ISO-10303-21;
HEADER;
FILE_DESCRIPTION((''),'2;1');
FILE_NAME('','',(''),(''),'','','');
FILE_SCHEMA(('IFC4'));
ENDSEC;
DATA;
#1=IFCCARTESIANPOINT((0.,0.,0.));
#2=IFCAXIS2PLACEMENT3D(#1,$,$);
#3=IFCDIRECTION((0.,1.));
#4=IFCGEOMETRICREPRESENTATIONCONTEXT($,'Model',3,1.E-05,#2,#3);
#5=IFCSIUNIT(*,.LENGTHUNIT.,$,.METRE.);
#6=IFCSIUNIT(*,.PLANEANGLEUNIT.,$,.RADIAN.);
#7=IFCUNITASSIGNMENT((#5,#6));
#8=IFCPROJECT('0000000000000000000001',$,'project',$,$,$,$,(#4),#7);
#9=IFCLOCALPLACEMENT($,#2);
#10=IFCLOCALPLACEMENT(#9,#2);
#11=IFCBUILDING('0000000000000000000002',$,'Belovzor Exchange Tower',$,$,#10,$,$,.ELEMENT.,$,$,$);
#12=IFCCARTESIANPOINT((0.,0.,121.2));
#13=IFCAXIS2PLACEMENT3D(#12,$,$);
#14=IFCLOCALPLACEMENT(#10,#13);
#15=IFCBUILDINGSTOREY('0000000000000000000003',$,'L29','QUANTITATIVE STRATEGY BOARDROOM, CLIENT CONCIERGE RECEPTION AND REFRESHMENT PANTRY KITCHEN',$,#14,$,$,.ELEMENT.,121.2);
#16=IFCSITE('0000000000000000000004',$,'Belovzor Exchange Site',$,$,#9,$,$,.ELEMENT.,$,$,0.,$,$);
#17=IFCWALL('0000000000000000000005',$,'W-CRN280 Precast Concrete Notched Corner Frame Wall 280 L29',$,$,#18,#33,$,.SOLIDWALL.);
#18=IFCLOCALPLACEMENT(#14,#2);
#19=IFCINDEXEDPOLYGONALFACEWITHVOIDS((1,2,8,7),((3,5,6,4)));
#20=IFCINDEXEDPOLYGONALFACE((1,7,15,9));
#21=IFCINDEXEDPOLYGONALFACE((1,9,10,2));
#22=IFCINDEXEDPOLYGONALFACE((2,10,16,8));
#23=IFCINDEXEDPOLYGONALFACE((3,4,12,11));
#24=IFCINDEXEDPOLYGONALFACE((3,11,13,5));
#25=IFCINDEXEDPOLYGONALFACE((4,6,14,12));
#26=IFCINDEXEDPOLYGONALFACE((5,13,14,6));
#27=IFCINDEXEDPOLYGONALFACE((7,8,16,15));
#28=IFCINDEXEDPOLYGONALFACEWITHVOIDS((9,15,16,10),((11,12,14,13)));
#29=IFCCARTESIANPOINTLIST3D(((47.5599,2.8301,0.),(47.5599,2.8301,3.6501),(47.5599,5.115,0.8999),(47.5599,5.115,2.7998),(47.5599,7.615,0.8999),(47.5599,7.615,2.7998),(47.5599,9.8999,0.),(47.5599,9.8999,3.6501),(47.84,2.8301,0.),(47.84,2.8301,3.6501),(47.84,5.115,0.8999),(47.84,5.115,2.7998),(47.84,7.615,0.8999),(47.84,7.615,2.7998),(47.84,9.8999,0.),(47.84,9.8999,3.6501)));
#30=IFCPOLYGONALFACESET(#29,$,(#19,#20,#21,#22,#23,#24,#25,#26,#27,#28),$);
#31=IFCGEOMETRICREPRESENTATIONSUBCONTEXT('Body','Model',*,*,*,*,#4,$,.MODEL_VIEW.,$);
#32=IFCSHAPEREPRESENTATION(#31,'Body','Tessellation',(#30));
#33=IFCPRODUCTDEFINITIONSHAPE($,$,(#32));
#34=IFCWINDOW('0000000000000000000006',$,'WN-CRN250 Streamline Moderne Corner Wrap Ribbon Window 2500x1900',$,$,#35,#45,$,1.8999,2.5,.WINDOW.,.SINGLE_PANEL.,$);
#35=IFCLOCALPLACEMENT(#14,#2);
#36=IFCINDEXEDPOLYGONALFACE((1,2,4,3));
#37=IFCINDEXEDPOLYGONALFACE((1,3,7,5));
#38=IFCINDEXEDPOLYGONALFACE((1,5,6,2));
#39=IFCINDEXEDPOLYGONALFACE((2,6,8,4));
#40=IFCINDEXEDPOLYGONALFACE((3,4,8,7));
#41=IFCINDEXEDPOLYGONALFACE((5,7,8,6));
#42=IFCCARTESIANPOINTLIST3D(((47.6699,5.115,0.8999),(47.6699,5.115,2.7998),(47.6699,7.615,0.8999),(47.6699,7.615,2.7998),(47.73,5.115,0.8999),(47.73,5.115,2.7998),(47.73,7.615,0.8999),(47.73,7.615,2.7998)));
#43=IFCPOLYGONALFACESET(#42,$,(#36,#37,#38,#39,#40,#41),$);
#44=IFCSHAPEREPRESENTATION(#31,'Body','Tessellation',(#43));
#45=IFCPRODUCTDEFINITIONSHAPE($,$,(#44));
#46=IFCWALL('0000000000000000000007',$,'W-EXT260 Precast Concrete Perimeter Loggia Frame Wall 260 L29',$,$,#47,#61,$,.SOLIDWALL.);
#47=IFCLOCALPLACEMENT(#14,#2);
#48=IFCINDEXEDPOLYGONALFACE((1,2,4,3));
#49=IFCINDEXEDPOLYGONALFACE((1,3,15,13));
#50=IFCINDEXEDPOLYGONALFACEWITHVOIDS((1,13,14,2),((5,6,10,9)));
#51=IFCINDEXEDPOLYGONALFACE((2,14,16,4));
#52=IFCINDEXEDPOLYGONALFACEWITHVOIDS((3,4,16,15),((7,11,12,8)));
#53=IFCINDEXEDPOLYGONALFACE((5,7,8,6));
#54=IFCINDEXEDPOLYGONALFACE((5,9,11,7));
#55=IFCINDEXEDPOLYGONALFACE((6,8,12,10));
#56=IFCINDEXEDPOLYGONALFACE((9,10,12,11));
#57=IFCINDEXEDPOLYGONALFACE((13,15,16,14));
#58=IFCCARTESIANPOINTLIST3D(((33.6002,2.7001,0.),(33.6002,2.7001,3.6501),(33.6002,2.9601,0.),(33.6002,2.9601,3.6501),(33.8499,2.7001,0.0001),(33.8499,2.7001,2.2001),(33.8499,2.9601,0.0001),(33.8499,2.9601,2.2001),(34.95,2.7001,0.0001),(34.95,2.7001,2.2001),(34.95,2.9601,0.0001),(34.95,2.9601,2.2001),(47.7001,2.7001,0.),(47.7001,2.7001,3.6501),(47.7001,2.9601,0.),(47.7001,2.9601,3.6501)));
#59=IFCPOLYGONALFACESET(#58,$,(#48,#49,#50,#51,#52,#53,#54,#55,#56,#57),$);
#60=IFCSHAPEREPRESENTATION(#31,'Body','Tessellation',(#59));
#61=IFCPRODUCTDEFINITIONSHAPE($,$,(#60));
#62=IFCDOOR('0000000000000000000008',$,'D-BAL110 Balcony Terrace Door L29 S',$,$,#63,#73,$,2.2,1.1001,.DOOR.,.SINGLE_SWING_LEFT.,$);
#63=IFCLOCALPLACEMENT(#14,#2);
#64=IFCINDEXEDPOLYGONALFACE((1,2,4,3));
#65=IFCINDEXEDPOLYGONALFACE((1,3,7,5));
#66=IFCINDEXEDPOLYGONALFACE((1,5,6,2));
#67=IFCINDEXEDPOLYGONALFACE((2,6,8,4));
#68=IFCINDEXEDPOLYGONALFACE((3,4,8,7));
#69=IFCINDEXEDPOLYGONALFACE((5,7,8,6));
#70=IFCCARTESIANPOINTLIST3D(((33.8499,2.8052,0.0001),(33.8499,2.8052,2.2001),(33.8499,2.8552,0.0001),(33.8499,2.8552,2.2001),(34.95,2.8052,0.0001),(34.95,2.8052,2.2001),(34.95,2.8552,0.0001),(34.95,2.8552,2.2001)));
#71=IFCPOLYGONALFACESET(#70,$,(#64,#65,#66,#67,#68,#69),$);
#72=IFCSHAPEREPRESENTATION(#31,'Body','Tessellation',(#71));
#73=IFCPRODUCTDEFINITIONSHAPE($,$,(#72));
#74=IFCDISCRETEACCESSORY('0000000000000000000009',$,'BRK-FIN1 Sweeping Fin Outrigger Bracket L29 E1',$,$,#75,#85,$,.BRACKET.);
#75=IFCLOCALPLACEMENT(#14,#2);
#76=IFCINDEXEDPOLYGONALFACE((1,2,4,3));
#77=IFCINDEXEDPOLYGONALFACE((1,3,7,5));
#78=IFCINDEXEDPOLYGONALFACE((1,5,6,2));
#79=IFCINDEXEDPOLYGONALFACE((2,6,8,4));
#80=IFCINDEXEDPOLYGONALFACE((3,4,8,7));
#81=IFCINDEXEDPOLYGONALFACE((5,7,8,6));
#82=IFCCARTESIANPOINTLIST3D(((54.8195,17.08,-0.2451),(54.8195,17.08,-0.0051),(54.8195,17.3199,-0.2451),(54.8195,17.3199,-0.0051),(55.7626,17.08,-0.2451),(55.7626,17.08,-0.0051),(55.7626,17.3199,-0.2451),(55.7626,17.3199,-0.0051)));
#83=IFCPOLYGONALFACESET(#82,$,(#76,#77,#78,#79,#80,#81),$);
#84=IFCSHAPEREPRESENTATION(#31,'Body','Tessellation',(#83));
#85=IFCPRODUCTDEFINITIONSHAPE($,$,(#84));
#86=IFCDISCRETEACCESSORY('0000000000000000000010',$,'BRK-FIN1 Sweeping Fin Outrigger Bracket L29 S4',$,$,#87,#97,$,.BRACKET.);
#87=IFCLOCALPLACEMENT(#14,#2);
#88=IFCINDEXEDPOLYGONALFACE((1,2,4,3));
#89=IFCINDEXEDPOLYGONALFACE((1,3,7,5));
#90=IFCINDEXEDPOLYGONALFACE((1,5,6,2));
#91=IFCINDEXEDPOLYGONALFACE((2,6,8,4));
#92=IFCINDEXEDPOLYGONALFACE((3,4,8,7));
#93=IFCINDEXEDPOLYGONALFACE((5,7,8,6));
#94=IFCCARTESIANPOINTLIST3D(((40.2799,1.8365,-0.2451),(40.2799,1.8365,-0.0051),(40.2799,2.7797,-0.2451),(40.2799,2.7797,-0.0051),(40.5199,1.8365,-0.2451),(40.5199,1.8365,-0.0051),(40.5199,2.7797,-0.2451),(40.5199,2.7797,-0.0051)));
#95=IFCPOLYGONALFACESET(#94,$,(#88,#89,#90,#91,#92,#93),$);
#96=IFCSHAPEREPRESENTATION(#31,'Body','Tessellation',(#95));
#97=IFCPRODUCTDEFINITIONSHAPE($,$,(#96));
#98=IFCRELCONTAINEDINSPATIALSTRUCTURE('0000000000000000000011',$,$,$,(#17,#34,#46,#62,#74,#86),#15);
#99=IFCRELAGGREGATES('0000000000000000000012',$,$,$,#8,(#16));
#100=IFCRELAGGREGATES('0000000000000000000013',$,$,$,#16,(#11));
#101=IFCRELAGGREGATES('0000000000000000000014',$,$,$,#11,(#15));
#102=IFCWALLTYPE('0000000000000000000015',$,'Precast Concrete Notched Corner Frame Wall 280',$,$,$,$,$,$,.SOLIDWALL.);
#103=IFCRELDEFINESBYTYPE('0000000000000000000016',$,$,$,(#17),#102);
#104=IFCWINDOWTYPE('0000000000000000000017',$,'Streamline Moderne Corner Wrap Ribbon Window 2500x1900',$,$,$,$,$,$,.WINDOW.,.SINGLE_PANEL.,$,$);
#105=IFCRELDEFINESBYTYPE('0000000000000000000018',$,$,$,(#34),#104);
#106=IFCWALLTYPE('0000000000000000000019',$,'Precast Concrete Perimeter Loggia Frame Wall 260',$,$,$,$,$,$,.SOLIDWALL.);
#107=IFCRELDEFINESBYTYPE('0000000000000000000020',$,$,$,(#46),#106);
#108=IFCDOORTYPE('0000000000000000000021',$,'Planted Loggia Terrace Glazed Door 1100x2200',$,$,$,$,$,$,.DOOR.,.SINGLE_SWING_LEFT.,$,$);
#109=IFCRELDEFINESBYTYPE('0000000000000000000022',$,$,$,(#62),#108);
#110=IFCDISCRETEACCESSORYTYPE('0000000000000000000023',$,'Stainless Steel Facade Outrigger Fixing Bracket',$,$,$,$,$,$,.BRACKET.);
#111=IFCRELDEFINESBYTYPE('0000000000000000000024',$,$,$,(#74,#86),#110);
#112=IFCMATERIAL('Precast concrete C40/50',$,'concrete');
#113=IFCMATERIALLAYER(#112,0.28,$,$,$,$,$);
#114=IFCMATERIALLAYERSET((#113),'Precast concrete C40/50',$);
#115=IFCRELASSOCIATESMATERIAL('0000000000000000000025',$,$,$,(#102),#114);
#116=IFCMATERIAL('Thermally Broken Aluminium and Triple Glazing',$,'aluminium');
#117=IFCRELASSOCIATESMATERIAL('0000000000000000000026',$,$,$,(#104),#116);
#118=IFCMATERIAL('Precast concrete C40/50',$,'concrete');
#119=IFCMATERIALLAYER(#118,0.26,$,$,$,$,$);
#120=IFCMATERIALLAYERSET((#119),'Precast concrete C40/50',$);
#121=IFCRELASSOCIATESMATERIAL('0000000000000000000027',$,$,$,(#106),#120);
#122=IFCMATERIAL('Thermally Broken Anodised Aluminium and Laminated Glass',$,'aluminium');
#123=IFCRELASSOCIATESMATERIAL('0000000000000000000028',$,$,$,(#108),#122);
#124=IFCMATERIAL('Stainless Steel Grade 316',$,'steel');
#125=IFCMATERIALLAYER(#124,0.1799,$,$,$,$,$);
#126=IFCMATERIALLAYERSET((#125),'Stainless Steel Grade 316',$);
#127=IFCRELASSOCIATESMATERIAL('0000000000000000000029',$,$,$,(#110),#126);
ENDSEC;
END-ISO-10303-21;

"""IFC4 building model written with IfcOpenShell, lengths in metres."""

from ifc_helpers import new_model, si_unit, direction, frame, frame_2d, origin, origin_2d, place, context, subcontext, project, spatial, rectangle, extrude, material, layer, layer_set, type_object, element, fill, save


model = new_model("IFC4")

# Units and contexts
model_context = context("Model", 3, precision=1e-05, world=origin(), true_north=direction((0.0, 1.0)))
body_context = subcontext(model_context, "Body", "Model", "MODEL_VIEW")
ifc_project = project(units=[si_unit("LENGTHUNIT", "METRE"), si_unit("PLANEANGLEUNIT", "RADIAN")], contexts=[model_context])

# Site, building, storey
site_placement = place(None, origin())
site = spatial("IfcSite", under=ifc_project, at=site_placement, Name="Belovzor Exchange Site", CompositionType="ELEMENT", RefElevation=0.0)
building_placement = place(site_placement, origin())
building = spatial("IfcBuilding", under=site, at=building_placement, Name="Belovzor Exchange Tower", CompositionType="ELEMENT")
storey_placement = place(building_placement, frame((0.0, 0.0, 121.2)))
storey = spatial("IfcBuildingStorey", under=building, at=storey_placement, Name="L29", Description="QUANTITATIVE STRATEGY BOARDROOM, CLIENT CONCIERGE RECEPTION AND REFRESHMENT PANTRY KITCHEN", CompositionType="ELEMENT", Elevation=121.2)

# Wall, opening, window
ifc_material_1 = material(Name="Precast concrete C40/50", Category="concrete")
ifc_layer_1 = layer(ifc_material_1, 0.28)
ifc_layer_set_1 = layer_set([ifc_layer_1], Name="Precast concrete C40/50")
wall_type_1 = type_object("IfcWallType", Name="Precast Concrete Notched Corner Frame Wall 280", PredefinedType="SOLIDWALL", material=ifc_layer_set_1)
ifc_material_2 = material(Name="Thermally Broken Aluminium and Triple Glazing", Category="aluminium")
window_type = type_object("IfcWindowType", Name="Streamline Moderne Corner Wrap Ribbon Window 2500x1900", PartitioningType="SINGLE_PANEL", PredefinedType="WINDOW", material=ifc_material_2)
wall_1_placement = place(storey_placement, frame((47.7, 9.8999, 0.0), z_axis=(0.0, 0.0, 1.0), x_axis=(0.0, -1.0, 0.0)))
wall_1 = element("IfcWall", 1, at=wall_1_placement, inside=storey, type_object=wall_type_1, Name="W-CRN280 Precast Concrete Notched Corner Frame Wall 280 L29", PredefinedType="SOLIDWALL", context=body_context, shape_type="SweptSolid", body=[
    extrude(rectangle(XDim=7.0698, YDim=0.28, at=frame_2d((3.5349, 0.0))), origin(), (0.0, 0.0, 1.0), 3.6501),
])
opening_1_placement = place(wall_1_placement, frame((2.2849, 0.0, 0.8999)))
opening_1 = element("IfcOpeningElement", 2, at=opening_1_placement, cuts=wall_1, PredefinedType="OPENING", context=body_context, shape_type="SweptSolid", body=[
    extrude(rectangle(XDim=2.5, YDim=1.8999, at=frame_2d((1.25, 0.95))), frame((0.0, 0.1499, 0.0), z_axis=(0.0, -1.0, 0.0), x_axis=(1.0, 0.0, 0.0)), (0.0, 0.0, 1.0), 0.3),
])
window_1_placement = place(opening_1_placement, origin())
window_1 = element("IfcWindow", 3, at=window_1_placement, inside=storey, type_object=window_type, Name="WN-CRN250 Streamline Moderne Corner Wrap Ribbon Window 2500x1900", OverallHeight=1.8999, OverallWidth=2.5, PartitioningType="SINGLE_PANEL", PredefinedType="WINDOW", context=body_context, shape_type="SweptSolid", body=[
    extrude(rectangle(XDim=2.5, YDim=1.8999, at=frame_2d((1.25, 0.95))), frame((0.0, 0.03, 0.0), z_axis=(0.0, -1.0, 0.0), x_axis=(1.0, 0.0, 0.0)), (0.0, 0.0, 1.0), 0.0601),
])
fill(opening_1, window_1)

# Wall, opening, door
ifc_material_3 = material(Name="Precast concrete C40/50", Category="concrete")
ifc_layer_2 = layer(ifc_material_3, 0.26)
ifc_layer_set_2 = layer_set([ifc_layer_2], Name="Precast concrete C40/50")
wall_type_2 = type_object("IfcWallType", Name="Precast Concrete Perimeter Loggia Frame Wall 260", PredefinedType="SOLIDWALL", material=ifc_layer_set_2)
wall_2_placement = place(storey_placement, frame((47.7, 2.8301, 0.0), z_axis=(0.0, 0.0, 1.0), x_axis=(-1.0, 0.0, 0.0)))
wall_2 = element("IfcWall", 4, at=wall_2_placement, inside=storey, type_object=wall_type_2, Name="W-EXT260 Precast Concrete Perimeter Loggia Frame Wall 260 L29", PredefinedType="SOLIDWALL", context=body_context, shape_type="SweptSolid", body=[
    extrude(rectangle(XDim=14.0999, YDim=0.26, at=frame_2d((7.0498, 0.0))), origin(), (0.0, 0.0, 1.0), 3.6501),
])
opening_2_placement = place(wall_2_placement, frame((12.75, 0.0, 0.0)))
opening_2 = element("IfcOpeningElement", 5, at=opening_2_placement, cuts=wall_2, PredefinedType="OPENING", context=body_context, shape_type="SweptSolid", body=[
    extrude(rectangle(XDim=1.1001, YDim=2.2, at=frame_2d((0.55, 1.1001))), frame((0.0, 0.1399, 0.0), z_axis=(0.0, -1.0, 0.0), x_axis=(1.0, 0.0, 0.0)), (0.0, 0.0, 1.0), 0.28),
])
ifc_material_4 = material(Name="Thermally Broken Anodised Aluminium and Laminated Glass", Category="aluminium")
door_type_1 = type_object("IfcDoorType", Name="Planted Loggia Terrace Glazed Door 1100x2200", OperationType="SINGLE_SWING_LEFT", PredefinedType="DOOR", material=ifc_material_4)
door_1_placement = place(opening_2_placement, origin())
door_1 = element("IfcDoor", 6, at=door_1_placement, inside=storey, type_object=door_type_1, Name="D-BAL110 Balcony Terrace Door L29 S", OperationType="SINGLE_SWING_LEFT", OverallHeight=2.2, OverallWidth=1.1001, PredefinedType="DOOR", context=body_context, shape_type="SweptSolid", body=[
    extrude(rectangle(XDim=1.1001, YDim=2.2, at=frame_2d((0.55, 1.1001))), frame((0.0, 0.0249, 0.0), z_axis=(0.0, -1.0, 0.0), x_axis=(1.0, 0.0, 0.0)), (0.0, 0.0, 1.0), 0.05),
])
fill(opening_2, door_1)

# Discrete accessories
ifc_material_5 = material(Name="Stainless Steel Grade 316", Category="steel")
ifc_layer_3 = layer(ifc_material_5, 0.1799)
ifc_layer_set_3 = layer_set([ifc_layer_3], Name="Stainless Steel Grade 316")
discrete_accessory_type = type_object("IfcDiscreteAccessoryType", Name="Stainless Steel Facade Outrigger Fixing Bracket", PredefinedType="BRACKET", material=ifc_layer_set_3)
for number, where, z_axis, x_axis, name in (
    (7, (55.291, 17.2, -0.2451), (0.0, 0.0, 1.0), (1.0, 0.0, 0.0), "BRK-FIN1 Sweeping Fin Outrigger Bracket L29 E1"),
    (8, (40.3999, 2.3081, -0.2451), (0.0, 0.0, 1.0), (0.0, 1.0, 0.0), "BRK-FIN1 Sweeping Fin Outrigger Bracket L29 S4"),
):
    element("IfcDiscreteAccessory", number, at=place(storey_placement, frame(where, z_axis=z_axis, x_axis=x_axis)), inside=storey, type_object=discrete_accessory_type, Name=name, PredefinedType="BRACKET", context=body_context, shape_type="SweptSolid", body=[
        extrude(rectangle(XDim=0.9431, YDim=0.24, at=origin_2d()), origin(), (0.0, 0.0, 1.0), 0.24),
    ])

save(model, "model.ifc")
